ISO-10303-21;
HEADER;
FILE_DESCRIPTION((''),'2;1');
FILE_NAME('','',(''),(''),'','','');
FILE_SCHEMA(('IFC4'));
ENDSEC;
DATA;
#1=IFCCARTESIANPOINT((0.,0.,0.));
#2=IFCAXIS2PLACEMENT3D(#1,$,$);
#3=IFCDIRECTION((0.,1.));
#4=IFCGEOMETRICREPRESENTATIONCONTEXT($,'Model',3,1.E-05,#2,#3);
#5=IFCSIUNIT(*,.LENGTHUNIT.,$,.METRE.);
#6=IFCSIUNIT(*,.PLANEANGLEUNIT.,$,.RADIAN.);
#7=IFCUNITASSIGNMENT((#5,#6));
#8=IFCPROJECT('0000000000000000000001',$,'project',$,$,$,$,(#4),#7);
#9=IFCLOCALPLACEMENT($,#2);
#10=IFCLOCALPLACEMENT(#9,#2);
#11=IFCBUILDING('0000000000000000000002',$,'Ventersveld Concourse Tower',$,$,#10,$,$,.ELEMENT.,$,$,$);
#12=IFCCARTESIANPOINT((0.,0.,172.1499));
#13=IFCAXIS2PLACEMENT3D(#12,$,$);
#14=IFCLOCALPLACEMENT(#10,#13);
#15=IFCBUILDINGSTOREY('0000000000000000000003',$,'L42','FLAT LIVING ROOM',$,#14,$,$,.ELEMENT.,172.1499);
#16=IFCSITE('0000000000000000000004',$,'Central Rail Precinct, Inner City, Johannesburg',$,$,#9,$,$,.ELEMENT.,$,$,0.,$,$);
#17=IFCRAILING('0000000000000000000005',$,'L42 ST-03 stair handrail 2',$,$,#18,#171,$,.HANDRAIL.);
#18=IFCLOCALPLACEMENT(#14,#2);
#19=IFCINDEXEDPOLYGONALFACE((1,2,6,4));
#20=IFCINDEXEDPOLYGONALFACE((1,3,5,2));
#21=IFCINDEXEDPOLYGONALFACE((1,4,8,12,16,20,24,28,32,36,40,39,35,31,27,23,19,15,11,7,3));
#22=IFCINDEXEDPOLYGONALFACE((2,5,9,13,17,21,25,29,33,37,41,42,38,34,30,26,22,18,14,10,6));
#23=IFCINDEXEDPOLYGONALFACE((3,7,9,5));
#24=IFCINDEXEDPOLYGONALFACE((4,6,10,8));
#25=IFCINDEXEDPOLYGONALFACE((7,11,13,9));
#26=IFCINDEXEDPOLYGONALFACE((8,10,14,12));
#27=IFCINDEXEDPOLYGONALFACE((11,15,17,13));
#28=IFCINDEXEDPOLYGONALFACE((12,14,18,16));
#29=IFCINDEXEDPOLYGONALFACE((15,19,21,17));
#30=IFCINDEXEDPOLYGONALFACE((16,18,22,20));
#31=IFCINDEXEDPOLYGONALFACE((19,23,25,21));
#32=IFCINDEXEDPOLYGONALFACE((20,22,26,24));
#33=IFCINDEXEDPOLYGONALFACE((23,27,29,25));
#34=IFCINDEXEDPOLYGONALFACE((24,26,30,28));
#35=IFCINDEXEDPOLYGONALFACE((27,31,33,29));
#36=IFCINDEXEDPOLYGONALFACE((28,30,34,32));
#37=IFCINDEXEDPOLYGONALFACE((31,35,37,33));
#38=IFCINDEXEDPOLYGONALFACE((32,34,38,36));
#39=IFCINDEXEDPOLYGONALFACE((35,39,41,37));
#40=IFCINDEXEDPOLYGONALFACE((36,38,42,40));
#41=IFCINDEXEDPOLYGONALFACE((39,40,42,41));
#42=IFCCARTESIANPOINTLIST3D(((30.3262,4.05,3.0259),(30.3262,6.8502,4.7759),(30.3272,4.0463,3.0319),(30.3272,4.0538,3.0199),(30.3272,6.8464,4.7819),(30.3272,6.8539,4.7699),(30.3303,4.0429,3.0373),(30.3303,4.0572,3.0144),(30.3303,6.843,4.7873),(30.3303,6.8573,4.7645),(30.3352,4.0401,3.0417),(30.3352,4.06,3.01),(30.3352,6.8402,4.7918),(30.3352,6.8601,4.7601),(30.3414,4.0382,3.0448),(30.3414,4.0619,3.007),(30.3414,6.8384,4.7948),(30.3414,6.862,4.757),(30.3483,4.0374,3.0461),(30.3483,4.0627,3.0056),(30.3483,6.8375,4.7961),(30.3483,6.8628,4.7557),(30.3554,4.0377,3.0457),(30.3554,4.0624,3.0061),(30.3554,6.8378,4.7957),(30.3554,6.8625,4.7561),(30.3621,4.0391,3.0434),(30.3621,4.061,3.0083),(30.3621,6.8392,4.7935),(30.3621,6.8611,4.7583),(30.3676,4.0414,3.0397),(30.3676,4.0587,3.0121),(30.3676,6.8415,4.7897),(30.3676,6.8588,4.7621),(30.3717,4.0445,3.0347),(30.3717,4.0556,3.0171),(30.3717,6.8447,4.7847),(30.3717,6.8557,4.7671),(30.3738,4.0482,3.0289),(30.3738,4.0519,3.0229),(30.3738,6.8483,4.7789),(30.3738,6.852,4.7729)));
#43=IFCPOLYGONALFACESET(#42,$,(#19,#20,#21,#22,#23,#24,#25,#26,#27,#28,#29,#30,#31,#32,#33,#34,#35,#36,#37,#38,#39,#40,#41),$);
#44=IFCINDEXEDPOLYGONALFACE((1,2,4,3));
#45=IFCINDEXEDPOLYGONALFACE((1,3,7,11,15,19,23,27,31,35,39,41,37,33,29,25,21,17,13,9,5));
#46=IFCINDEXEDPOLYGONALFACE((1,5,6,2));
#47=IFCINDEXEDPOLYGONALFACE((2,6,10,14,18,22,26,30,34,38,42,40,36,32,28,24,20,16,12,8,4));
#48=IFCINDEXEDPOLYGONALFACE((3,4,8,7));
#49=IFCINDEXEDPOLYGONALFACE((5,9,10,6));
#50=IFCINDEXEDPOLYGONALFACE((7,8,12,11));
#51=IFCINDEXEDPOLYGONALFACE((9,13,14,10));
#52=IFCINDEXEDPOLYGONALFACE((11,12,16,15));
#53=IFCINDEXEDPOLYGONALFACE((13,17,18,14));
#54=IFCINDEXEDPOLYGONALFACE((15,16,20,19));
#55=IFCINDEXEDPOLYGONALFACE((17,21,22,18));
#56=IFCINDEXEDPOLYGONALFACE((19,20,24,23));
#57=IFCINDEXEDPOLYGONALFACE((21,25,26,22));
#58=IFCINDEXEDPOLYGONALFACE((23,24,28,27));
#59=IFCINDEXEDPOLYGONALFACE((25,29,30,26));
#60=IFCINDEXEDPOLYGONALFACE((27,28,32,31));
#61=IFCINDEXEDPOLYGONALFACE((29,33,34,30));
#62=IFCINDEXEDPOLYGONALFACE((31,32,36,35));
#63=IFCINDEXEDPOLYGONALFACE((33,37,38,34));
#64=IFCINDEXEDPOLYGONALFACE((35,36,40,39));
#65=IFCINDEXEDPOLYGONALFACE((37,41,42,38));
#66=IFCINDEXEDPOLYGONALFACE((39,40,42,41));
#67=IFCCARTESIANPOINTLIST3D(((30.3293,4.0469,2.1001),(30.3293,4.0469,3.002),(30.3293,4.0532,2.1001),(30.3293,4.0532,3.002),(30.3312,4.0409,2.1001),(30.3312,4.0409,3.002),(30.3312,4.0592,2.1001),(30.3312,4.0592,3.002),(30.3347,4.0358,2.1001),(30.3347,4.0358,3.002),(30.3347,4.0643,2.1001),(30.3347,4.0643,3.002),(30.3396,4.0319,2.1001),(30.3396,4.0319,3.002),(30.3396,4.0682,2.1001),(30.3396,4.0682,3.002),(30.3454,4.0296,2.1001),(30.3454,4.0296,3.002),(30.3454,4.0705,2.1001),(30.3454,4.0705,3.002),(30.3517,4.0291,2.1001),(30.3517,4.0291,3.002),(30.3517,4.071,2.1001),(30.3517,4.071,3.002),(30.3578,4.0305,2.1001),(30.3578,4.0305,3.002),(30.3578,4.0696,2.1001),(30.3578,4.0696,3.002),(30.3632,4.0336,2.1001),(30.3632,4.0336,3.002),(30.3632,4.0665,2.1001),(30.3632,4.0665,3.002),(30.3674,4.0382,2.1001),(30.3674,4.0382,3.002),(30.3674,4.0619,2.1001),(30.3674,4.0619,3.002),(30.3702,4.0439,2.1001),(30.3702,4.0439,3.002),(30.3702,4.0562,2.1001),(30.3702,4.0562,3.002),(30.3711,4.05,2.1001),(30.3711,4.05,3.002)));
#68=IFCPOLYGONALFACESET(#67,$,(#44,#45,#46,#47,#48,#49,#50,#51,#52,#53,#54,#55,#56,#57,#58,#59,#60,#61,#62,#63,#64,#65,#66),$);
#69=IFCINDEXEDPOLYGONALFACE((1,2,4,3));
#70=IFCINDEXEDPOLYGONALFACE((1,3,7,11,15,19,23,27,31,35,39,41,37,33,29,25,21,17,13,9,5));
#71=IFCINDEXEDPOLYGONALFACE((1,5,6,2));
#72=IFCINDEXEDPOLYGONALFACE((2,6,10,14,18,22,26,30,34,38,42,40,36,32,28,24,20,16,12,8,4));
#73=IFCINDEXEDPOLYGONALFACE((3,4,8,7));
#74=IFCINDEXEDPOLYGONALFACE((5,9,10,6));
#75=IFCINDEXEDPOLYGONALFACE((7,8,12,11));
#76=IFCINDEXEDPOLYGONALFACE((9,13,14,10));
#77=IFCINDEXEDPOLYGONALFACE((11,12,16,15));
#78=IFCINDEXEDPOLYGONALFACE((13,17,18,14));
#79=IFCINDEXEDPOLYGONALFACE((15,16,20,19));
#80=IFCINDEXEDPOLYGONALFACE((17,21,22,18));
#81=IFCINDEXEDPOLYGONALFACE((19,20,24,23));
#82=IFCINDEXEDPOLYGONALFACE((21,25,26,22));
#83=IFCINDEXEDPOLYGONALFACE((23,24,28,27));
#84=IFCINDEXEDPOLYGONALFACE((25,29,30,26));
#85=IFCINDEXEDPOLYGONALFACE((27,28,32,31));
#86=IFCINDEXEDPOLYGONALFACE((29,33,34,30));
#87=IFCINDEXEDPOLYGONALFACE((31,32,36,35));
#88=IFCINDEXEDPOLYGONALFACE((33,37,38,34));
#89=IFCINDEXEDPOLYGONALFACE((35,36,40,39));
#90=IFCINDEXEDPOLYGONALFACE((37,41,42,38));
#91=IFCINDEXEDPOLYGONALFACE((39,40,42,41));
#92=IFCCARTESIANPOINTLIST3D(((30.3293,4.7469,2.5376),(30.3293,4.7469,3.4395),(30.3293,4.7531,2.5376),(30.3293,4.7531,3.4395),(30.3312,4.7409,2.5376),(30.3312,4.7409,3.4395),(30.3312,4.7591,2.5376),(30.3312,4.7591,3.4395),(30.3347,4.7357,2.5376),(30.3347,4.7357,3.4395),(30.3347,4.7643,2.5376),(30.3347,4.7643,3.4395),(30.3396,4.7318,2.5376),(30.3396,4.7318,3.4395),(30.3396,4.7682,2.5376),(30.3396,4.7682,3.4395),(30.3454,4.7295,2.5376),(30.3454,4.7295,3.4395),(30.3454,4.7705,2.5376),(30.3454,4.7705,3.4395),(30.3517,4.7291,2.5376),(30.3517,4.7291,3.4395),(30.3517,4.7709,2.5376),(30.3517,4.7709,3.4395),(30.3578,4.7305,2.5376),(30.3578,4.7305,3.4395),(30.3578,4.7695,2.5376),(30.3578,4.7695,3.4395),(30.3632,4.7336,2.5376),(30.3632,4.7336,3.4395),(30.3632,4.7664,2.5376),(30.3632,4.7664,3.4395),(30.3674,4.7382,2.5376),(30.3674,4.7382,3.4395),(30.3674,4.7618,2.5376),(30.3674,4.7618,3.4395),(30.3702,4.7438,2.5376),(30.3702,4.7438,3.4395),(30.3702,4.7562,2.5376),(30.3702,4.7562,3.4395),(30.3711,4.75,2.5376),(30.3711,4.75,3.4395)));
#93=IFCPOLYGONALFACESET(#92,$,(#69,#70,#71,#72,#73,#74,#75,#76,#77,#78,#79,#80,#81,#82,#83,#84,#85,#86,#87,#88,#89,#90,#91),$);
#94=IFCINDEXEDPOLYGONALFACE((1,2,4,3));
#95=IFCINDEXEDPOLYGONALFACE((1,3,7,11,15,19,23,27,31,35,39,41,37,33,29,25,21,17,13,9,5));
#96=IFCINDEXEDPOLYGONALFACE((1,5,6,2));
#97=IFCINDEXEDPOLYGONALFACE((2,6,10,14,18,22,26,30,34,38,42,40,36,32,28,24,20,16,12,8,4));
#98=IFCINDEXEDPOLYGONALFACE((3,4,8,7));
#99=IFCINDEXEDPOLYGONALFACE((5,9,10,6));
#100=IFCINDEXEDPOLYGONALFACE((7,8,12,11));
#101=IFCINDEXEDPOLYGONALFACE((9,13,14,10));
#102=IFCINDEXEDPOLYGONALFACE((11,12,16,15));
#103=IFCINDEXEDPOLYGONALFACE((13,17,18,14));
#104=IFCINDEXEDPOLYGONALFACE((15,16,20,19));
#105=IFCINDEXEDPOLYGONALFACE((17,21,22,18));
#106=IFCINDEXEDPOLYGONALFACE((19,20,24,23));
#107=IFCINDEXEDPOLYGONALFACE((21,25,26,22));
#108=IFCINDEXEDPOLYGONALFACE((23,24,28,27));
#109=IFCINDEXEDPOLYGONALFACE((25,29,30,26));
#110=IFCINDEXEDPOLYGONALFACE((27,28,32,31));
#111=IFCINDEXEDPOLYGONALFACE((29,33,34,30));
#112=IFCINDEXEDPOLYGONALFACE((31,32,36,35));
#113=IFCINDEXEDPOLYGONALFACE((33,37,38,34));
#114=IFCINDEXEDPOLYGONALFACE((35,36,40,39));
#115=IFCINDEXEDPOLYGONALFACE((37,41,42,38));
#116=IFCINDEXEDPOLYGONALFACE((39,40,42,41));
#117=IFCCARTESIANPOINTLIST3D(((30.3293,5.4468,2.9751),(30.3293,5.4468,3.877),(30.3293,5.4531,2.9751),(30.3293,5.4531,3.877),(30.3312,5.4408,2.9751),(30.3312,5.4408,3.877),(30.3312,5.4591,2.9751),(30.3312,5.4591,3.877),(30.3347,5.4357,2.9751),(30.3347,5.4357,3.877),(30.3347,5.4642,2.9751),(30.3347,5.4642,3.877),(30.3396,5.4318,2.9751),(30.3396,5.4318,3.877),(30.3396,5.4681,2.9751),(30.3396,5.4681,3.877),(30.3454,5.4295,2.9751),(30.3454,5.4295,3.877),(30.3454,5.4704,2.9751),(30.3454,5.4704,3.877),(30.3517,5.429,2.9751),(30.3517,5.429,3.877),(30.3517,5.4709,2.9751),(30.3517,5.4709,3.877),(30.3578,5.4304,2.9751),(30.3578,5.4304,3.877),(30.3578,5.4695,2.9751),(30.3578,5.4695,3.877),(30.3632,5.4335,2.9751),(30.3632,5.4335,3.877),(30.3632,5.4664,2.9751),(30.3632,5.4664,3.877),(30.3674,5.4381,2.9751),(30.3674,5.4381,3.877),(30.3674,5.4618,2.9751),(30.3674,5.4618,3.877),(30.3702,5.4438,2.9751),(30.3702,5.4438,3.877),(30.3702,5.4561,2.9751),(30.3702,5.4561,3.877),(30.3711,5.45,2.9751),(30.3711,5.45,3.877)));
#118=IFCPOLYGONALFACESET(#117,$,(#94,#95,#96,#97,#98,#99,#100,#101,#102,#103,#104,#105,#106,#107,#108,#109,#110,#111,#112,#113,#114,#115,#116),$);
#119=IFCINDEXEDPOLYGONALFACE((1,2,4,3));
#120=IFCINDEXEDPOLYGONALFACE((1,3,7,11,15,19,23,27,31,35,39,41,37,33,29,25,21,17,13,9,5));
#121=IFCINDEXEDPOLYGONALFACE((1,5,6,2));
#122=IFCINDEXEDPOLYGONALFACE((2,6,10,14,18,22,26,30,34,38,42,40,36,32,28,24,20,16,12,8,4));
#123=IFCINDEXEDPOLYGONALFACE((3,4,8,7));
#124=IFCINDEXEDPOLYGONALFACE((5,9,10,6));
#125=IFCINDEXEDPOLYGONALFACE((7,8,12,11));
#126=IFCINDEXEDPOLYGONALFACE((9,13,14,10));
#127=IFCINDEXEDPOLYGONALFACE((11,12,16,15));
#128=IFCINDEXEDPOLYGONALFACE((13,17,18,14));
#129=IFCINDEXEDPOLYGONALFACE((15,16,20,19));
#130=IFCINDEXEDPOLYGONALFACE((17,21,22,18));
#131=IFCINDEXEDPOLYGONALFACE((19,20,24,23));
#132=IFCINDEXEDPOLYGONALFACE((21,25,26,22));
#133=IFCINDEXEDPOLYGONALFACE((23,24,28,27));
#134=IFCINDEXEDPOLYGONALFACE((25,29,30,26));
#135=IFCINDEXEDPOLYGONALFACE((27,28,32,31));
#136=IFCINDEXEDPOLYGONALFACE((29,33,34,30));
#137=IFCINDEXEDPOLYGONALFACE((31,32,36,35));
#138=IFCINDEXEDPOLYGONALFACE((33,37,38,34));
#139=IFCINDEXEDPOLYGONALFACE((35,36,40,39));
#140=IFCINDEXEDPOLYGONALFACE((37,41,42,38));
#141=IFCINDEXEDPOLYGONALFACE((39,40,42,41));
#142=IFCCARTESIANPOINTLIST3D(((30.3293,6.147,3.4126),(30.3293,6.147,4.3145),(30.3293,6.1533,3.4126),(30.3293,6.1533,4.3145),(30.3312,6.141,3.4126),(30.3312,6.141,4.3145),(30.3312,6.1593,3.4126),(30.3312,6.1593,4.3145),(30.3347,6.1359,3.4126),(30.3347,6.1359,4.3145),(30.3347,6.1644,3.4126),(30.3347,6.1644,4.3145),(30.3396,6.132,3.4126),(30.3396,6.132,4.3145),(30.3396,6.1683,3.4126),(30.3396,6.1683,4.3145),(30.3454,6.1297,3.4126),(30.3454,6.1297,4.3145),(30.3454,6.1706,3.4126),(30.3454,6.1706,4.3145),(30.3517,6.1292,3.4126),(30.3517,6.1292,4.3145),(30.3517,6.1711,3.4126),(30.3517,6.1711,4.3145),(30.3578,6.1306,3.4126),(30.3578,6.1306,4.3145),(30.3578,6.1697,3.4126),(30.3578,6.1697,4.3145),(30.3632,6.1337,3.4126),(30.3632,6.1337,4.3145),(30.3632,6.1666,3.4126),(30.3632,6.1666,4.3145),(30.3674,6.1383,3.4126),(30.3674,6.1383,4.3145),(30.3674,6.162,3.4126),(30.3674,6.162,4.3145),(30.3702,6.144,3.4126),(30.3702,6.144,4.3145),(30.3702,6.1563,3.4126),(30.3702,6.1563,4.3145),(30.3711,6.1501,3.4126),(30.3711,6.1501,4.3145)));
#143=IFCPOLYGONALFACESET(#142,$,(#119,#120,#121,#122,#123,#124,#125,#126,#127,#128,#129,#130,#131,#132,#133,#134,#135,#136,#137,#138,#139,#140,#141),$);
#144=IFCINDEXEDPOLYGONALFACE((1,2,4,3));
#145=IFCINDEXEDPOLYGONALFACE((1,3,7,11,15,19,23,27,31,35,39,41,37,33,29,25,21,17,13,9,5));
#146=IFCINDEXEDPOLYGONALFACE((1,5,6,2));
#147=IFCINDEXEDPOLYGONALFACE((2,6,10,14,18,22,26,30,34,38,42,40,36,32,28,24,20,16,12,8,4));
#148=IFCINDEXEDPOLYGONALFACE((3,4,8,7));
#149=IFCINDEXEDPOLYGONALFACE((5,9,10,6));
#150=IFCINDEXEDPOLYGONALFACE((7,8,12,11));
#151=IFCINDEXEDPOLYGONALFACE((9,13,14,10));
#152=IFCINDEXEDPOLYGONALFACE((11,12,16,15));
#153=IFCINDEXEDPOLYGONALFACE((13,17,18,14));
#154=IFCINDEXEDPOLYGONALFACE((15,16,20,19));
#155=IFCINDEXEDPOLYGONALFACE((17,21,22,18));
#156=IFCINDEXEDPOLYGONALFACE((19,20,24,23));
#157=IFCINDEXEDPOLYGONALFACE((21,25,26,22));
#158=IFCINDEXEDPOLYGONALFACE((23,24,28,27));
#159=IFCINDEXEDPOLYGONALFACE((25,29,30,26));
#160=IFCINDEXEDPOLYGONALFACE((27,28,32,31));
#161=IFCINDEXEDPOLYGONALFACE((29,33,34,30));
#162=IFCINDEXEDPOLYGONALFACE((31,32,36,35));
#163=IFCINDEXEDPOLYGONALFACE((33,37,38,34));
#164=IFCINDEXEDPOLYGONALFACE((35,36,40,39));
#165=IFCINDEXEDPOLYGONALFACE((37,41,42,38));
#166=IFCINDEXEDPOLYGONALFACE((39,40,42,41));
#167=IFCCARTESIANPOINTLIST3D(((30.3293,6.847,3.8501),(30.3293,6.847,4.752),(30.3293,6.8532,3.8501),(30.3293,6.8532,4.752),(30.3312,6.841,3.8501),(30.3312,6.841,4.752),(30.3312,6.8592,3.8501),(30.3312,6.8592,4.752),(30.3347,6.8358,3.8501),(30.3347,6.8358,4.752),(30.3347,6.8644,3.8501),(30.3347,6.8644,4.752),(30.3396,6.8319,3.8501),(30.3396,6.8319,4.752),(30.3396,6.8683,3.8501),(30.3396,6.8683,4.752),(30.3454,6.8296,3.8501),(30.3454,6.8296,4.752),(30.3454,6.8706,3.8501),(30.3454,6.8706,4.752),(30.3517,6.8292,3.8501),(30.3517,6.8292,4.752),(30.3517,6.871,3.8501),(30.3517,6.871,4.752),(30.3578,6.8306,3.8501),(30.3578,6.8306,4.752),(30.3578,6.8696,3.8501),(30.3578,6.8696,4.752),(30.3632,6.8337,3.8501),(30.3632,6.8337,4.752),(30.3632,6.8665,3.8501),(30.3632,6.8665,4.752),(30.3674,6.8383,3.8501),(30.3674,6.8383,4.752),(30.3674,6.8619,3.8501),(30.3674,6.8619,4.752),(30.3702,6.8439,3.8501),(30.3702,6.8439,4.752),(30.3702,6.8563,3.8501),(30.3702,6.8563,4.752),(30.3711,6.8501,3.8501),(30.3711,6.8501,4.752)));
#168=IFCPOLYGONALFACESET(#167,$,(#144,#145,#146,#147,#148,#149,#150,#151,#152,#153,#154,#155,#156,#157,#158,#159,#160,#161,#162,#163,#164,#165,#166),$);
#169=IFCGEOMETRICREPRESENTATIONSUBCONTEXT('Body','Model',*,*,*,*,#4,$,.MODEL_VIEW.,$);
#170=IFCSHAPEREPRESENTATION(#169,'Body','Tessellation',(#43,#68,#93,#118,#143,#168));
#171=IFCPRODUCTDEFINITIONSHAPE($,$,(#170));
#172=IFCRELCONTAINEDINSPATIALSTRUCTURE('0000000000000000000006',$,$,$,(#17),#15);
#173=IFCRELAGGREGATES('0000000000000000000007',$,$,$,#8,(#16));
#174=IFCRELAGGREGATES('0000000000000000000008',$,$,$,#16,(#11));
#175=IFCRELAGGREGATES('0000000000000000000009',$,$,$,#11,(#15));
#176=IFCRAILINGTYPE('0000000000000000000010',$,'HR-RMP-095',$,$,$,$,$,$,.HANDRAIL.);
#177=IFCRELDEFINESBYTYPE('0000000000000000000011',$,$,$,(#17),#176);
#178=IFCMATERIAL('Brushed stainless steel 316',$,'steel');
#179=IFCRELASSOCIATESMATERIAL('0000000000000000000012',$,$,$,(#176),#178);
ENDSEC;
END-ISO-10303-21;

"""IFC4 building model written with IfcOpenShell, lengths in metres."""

from ifc_helpers import new_model, si_unit, direction, frame, origin, origin_2d, place, context, subcontext, project, spatial, circle, extrude, material, type_object, element, save


model = new_model("IFC4")

# Units and contexts
model_context = context("Model", 3, precision=1e-05, world=origin(), true_north=direction((0.0, 1.0)))
body_context = subcontext(model_context, "Body", "Model", "MODEL_VIEW")
ifc_project = project(units=[si_unit("LENGTHUNIT", "METRE"), si_unit("PLANEANGLEUNIT", "RADIAN")], contexts=[model_context])

# Site, building, storey
site_placement = place(None, origin())
site = spatial("IfcSite", under=ifc_project, at=site_placement, Name="Central Rail Precinct, Inner City, Johannesburg", CompositionType="ELEMENT", RefElevation=0.0)
building_placement = place(site_placement, origin())
building = spatial("IfcBuilding", under=site, at=building_placement, Name="Ventersveld Concourse Tower", CompositionType="ELEMENT")
storey_placement = place(building_placement, frame((0.0, 0.0, 172.1499)))
storey = spatial("IfcBuildingStorey", under=building, at=storey_placement, Name="L42", Description="FLAT LIVING ROOM", CompositionType="ELEMENT", Elevation=172.1499)

# Shared definitions
ifc_material_1 = material(Name="Brushed stainless steel 316", Category="steel")

# Railing
railing_type_1 = type_object("IfcRailingType", Name="HR-RMP-095", PredefinedType="HANDRAIL", material=ifc_material_1)
railing_1_placement = place(storey_placement, frame((30.3501, 4.05, 2.1001)))
element("IfcRailing", 1, at=railing_1_placement, inside=storey, type_object=railing_type_1, Name="L42 ST-03 stair handrail 2", PredefinedType="HANDRAIL", context=body_context, shape_type="SweptSolid", body=[
    extrude(circle(Radius=0.0239, at=origin_2d()), frame((0.0, 0.0, 0.9258), z_axis=(0.0, 0.848002, 0.529992), x_axis=(-1.0, 0.0, 0.0)), (0.0, 0.0, 1.0), 3.302),
    extrude(circle(Radius=0.021, at=origin_2d()), origin(), (0.0, 0.0, 1.0), 0.9019),
    extrude(circle(Radius=0.021, at=origin_2d()), frame((0.0, 0.7, 0.4375)), (0.0, 0.0, 1.0), 0.9019),
    extrude(circle(Radius=0.021, at=origin_2d()), frame((0.0, 1.3999, 0.875)), (0.0, 0.0, 1.0), 0.9019),
    extrude(circle(Radius=0.021, at=origin_2d()), frame((0.0, 2.1001, 1.3125)), (0.0, 0.0, 1.0), 0.9019),
    extrude(circle(Radius=0.021, at=origin_2d()), frame((0.0, 2.8, 1.75)), (0.0, 0.0, 1.0), 0.9019),
])

save(model, "model.ifc")
